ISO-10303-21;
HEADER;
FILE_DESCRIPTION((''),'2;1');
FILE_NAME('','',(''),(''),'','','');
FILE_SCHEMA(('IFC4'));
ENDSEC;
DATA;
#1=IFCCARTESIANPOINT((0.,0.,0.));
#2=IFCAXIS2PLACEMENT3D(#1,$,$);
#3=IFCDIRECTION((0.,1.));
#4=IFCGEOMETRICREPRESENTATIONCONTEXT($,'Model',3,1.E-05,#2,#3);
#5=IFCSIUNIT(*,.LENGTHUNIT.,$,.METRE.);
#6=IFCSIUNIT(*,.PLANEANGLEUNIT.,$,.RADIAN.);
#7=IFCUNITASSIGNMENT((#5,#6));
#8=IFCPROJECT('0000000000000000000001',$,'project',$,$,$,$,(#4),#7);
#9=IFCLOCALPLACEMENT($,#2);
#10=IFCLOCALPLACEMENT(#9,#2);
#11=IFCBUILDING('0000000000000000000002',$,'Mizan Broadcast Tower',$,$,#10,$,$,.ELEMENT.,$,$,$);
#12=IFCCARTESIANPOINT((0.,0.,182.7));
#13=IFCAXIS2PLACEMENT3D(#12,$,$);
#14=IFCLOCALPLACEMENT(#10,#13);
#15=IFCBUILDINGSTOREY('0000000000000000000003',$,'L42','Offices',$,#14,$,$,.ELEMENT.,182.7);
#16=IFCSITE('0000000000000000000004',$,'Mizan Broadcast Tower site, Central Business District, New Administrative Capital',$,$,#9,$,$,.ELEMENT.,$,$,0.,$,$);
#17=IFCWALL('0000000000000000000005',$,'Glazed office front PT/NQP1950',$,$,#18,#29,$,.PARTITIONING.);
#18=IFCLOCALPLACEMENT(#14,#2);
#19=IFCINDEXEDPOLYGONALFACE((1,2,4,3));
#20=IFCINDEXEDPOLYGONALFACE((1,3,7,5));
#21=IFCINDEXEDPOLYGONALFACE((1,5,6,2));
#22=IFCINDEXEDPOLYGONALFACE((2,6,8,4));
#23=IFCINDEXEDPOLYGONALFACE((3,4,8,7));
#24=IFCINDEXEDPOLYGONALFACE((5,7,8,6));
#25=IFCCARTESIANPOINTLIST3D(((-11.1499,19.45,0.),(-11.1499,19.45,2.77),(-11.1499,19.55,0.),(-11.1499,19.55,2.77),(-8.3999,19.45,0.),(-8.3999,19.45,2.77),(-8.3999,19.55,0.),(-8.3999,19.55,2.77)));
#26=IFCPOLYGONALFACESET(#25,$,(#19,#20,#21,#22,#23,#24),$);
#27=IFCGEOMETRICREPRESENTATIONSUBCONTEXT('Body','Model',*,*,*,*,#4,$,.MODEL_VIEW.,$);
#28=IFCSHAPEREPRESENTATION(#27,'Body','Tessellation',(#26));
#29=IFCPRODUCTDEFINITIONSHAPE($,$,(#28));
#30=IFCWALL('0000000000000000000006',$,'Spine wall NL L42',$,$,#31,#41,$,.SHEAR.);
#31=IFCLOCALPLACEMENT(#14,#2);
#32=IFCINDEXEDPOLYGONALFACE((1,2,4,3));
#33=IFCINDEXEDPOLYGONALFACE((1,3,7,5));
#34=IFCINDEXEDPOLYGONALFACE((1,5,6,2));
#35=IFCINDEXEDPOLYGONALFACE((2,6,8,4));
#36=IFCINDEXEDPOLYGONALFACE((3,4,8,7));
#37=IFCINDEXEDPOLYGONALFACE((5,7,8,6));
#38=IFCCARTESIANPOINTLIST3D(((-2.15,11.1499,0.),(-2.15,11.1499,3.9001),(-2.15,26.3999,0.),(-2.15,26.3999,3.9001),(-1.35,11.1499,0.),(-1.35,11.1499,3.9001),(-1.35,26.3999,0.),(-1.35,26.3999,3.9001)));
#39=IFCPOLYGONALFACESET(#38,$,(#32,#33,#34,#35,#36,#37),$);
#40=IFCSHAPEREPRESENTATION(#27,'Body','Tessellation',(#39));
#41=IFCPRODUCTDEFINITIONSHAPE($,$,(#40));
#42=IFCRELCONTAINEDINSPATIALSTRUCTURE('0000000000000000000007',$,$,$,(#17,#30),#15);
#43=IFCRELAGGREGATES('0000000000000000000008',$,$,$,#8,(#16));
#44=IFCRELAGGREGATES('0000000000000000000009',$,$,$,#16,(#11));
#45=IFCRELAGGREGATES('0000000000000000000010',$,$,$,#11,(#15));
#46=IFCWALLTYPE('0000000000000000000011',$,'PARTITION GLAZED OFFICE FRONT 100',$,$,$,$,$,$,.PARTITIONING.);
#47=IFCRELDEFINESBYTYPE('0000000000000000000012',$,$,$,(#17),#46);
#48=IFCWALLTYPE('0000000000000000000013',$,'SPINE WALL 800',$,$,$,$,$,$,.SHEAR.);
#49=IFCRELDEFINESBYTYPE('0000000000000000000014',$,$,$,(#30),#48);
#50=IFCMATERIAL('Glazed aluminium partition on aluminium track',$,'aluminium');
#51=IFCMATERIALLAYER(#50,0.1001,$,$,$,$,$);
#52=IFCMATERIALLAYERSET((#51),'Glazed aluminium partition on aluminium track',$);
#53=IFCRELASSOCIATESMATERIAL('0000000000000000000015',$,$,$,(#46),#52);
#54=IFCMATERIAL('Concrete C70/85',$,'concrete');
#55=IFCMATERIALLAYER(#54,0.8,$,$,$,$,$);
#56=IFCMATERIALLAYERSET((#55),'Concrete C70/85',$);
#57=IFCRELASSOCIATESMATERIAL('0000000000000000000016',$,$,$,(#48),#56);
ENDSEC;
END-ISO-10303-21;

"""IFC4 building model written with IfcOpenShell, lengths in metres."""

from ifc_helpers import new_model, si_unit, direction, frame, frame_2d, origin, place, context, subcontext, project, spatial, rectangle, extrude, material, layer, layer_set, type_object, element, save


model = new_model("IFC4")

# Units and contexts
model_context = context("Model", 3, precision=1e-05, world=origin(), true_north=direction((0.0, 1.0)))
body_context = subcontext(model_context, "Body", "Model", "MODEL_VIEW")
ifc_project = project(units=[si_unit("LENGTHUNIT", "METRE"), si_unit("PLANEANGLEUNIT", "RADIAN")], contexts=[model_context])

# Site, building, storey
site_placement = place(None, origin())
site = spatial("IfcSite", under=ifc_project, at=site_placement, Name="Mizan Broadcast Tower site, Central Business District, New Administrative Capital", CompositionType="ELEMENT", RefElevation=0.0)
building_placement = place(site_placement, origin())
building = spatial("IfcBuilding", under=site, at=building_placement, Name="Mizan Broadcast Tower", CompositionType="ELEMENT")
storey_placement = place(building_placement, frame((0.0, 0.0, 182.7)))
storey = spatial("IfcBuildingStorey", under=building, at=storey_placement, Name="L42", Description="Offices", CompositionType="ELEMENT", Elevation=182.7)

# Shared definitions
ifc_material_1 = material(Name="Glazed aluminium partition on aluminium track", Category="aluminium")
ifc_layer_1 = layer(ifc_material_1, 0.1001)
ifc_layer_set_1 = layer_set([ifc_layer_1], Name="Glazed aluminium partition on aluminium track")
wall_type_1 = type_object("IfcWallType", Name="PARTITION GLAZED OFFICE FRONT 100", PredefinedType="PARTITIONING", material=ifc_layer_set_1)

# Walls
wall_1_placement = place(storey_placement, frame((-8.3999, 19.5, 0.0), z_axis=(0.0, 0.0, 1.0), x_axis=(-1.0, 0.0, 0.0)))
element("IfcWall", 1, at=wall_1_placement, inside=storey, type_object=wall_type_1, Name="Glazed office front PT/NQP1950", PredefinedType="PARTITIONING", context=body_context, shape_type="SweptSolid", body=[
    extrude(rectangle(XDim=2.75, YDim=0.1001, at=frame_2d((1.375, 0.0))), origin(), (0.0, 0.0, 1.0), 2.77),
])
ifc_material_2 = material(Name="Concrete C70/85", Category="concrete")
ifc_layer_2 = layer(ifc_material_2, 0.8)
ifc_layer_set_2 = layer_set([ifc_layer_2], Name="Concrete C70/85")
wall_type_2 = type_object("IfcWallType", Name="SPINE WALL 800", PredefinedType="SHEAR", material=ifc_layer_set_2)
wall_2_placement = place(storey_placement, frame((-1.75, 11.1499, 0.0), z_axis=(0.0, 0.0, 1.0), x_axis=(0.0, 1.0, 0.0)))
element("IfcWall", 2, at=wall_2_placement, inside=storey, type_object=wall_type_2, Name="Spine wall NL L42", PredefinedType="SHEAR", context=body_context, shape_type="SweptSolid", body=[
    extrude(rectangle(XDim=15.25, YDim=0.8, at=frame_2d((7.625, 0.0))), origin(), (0.0, 0.0, 1.0), 3.9001),
])

save(model, "model.ifc")
